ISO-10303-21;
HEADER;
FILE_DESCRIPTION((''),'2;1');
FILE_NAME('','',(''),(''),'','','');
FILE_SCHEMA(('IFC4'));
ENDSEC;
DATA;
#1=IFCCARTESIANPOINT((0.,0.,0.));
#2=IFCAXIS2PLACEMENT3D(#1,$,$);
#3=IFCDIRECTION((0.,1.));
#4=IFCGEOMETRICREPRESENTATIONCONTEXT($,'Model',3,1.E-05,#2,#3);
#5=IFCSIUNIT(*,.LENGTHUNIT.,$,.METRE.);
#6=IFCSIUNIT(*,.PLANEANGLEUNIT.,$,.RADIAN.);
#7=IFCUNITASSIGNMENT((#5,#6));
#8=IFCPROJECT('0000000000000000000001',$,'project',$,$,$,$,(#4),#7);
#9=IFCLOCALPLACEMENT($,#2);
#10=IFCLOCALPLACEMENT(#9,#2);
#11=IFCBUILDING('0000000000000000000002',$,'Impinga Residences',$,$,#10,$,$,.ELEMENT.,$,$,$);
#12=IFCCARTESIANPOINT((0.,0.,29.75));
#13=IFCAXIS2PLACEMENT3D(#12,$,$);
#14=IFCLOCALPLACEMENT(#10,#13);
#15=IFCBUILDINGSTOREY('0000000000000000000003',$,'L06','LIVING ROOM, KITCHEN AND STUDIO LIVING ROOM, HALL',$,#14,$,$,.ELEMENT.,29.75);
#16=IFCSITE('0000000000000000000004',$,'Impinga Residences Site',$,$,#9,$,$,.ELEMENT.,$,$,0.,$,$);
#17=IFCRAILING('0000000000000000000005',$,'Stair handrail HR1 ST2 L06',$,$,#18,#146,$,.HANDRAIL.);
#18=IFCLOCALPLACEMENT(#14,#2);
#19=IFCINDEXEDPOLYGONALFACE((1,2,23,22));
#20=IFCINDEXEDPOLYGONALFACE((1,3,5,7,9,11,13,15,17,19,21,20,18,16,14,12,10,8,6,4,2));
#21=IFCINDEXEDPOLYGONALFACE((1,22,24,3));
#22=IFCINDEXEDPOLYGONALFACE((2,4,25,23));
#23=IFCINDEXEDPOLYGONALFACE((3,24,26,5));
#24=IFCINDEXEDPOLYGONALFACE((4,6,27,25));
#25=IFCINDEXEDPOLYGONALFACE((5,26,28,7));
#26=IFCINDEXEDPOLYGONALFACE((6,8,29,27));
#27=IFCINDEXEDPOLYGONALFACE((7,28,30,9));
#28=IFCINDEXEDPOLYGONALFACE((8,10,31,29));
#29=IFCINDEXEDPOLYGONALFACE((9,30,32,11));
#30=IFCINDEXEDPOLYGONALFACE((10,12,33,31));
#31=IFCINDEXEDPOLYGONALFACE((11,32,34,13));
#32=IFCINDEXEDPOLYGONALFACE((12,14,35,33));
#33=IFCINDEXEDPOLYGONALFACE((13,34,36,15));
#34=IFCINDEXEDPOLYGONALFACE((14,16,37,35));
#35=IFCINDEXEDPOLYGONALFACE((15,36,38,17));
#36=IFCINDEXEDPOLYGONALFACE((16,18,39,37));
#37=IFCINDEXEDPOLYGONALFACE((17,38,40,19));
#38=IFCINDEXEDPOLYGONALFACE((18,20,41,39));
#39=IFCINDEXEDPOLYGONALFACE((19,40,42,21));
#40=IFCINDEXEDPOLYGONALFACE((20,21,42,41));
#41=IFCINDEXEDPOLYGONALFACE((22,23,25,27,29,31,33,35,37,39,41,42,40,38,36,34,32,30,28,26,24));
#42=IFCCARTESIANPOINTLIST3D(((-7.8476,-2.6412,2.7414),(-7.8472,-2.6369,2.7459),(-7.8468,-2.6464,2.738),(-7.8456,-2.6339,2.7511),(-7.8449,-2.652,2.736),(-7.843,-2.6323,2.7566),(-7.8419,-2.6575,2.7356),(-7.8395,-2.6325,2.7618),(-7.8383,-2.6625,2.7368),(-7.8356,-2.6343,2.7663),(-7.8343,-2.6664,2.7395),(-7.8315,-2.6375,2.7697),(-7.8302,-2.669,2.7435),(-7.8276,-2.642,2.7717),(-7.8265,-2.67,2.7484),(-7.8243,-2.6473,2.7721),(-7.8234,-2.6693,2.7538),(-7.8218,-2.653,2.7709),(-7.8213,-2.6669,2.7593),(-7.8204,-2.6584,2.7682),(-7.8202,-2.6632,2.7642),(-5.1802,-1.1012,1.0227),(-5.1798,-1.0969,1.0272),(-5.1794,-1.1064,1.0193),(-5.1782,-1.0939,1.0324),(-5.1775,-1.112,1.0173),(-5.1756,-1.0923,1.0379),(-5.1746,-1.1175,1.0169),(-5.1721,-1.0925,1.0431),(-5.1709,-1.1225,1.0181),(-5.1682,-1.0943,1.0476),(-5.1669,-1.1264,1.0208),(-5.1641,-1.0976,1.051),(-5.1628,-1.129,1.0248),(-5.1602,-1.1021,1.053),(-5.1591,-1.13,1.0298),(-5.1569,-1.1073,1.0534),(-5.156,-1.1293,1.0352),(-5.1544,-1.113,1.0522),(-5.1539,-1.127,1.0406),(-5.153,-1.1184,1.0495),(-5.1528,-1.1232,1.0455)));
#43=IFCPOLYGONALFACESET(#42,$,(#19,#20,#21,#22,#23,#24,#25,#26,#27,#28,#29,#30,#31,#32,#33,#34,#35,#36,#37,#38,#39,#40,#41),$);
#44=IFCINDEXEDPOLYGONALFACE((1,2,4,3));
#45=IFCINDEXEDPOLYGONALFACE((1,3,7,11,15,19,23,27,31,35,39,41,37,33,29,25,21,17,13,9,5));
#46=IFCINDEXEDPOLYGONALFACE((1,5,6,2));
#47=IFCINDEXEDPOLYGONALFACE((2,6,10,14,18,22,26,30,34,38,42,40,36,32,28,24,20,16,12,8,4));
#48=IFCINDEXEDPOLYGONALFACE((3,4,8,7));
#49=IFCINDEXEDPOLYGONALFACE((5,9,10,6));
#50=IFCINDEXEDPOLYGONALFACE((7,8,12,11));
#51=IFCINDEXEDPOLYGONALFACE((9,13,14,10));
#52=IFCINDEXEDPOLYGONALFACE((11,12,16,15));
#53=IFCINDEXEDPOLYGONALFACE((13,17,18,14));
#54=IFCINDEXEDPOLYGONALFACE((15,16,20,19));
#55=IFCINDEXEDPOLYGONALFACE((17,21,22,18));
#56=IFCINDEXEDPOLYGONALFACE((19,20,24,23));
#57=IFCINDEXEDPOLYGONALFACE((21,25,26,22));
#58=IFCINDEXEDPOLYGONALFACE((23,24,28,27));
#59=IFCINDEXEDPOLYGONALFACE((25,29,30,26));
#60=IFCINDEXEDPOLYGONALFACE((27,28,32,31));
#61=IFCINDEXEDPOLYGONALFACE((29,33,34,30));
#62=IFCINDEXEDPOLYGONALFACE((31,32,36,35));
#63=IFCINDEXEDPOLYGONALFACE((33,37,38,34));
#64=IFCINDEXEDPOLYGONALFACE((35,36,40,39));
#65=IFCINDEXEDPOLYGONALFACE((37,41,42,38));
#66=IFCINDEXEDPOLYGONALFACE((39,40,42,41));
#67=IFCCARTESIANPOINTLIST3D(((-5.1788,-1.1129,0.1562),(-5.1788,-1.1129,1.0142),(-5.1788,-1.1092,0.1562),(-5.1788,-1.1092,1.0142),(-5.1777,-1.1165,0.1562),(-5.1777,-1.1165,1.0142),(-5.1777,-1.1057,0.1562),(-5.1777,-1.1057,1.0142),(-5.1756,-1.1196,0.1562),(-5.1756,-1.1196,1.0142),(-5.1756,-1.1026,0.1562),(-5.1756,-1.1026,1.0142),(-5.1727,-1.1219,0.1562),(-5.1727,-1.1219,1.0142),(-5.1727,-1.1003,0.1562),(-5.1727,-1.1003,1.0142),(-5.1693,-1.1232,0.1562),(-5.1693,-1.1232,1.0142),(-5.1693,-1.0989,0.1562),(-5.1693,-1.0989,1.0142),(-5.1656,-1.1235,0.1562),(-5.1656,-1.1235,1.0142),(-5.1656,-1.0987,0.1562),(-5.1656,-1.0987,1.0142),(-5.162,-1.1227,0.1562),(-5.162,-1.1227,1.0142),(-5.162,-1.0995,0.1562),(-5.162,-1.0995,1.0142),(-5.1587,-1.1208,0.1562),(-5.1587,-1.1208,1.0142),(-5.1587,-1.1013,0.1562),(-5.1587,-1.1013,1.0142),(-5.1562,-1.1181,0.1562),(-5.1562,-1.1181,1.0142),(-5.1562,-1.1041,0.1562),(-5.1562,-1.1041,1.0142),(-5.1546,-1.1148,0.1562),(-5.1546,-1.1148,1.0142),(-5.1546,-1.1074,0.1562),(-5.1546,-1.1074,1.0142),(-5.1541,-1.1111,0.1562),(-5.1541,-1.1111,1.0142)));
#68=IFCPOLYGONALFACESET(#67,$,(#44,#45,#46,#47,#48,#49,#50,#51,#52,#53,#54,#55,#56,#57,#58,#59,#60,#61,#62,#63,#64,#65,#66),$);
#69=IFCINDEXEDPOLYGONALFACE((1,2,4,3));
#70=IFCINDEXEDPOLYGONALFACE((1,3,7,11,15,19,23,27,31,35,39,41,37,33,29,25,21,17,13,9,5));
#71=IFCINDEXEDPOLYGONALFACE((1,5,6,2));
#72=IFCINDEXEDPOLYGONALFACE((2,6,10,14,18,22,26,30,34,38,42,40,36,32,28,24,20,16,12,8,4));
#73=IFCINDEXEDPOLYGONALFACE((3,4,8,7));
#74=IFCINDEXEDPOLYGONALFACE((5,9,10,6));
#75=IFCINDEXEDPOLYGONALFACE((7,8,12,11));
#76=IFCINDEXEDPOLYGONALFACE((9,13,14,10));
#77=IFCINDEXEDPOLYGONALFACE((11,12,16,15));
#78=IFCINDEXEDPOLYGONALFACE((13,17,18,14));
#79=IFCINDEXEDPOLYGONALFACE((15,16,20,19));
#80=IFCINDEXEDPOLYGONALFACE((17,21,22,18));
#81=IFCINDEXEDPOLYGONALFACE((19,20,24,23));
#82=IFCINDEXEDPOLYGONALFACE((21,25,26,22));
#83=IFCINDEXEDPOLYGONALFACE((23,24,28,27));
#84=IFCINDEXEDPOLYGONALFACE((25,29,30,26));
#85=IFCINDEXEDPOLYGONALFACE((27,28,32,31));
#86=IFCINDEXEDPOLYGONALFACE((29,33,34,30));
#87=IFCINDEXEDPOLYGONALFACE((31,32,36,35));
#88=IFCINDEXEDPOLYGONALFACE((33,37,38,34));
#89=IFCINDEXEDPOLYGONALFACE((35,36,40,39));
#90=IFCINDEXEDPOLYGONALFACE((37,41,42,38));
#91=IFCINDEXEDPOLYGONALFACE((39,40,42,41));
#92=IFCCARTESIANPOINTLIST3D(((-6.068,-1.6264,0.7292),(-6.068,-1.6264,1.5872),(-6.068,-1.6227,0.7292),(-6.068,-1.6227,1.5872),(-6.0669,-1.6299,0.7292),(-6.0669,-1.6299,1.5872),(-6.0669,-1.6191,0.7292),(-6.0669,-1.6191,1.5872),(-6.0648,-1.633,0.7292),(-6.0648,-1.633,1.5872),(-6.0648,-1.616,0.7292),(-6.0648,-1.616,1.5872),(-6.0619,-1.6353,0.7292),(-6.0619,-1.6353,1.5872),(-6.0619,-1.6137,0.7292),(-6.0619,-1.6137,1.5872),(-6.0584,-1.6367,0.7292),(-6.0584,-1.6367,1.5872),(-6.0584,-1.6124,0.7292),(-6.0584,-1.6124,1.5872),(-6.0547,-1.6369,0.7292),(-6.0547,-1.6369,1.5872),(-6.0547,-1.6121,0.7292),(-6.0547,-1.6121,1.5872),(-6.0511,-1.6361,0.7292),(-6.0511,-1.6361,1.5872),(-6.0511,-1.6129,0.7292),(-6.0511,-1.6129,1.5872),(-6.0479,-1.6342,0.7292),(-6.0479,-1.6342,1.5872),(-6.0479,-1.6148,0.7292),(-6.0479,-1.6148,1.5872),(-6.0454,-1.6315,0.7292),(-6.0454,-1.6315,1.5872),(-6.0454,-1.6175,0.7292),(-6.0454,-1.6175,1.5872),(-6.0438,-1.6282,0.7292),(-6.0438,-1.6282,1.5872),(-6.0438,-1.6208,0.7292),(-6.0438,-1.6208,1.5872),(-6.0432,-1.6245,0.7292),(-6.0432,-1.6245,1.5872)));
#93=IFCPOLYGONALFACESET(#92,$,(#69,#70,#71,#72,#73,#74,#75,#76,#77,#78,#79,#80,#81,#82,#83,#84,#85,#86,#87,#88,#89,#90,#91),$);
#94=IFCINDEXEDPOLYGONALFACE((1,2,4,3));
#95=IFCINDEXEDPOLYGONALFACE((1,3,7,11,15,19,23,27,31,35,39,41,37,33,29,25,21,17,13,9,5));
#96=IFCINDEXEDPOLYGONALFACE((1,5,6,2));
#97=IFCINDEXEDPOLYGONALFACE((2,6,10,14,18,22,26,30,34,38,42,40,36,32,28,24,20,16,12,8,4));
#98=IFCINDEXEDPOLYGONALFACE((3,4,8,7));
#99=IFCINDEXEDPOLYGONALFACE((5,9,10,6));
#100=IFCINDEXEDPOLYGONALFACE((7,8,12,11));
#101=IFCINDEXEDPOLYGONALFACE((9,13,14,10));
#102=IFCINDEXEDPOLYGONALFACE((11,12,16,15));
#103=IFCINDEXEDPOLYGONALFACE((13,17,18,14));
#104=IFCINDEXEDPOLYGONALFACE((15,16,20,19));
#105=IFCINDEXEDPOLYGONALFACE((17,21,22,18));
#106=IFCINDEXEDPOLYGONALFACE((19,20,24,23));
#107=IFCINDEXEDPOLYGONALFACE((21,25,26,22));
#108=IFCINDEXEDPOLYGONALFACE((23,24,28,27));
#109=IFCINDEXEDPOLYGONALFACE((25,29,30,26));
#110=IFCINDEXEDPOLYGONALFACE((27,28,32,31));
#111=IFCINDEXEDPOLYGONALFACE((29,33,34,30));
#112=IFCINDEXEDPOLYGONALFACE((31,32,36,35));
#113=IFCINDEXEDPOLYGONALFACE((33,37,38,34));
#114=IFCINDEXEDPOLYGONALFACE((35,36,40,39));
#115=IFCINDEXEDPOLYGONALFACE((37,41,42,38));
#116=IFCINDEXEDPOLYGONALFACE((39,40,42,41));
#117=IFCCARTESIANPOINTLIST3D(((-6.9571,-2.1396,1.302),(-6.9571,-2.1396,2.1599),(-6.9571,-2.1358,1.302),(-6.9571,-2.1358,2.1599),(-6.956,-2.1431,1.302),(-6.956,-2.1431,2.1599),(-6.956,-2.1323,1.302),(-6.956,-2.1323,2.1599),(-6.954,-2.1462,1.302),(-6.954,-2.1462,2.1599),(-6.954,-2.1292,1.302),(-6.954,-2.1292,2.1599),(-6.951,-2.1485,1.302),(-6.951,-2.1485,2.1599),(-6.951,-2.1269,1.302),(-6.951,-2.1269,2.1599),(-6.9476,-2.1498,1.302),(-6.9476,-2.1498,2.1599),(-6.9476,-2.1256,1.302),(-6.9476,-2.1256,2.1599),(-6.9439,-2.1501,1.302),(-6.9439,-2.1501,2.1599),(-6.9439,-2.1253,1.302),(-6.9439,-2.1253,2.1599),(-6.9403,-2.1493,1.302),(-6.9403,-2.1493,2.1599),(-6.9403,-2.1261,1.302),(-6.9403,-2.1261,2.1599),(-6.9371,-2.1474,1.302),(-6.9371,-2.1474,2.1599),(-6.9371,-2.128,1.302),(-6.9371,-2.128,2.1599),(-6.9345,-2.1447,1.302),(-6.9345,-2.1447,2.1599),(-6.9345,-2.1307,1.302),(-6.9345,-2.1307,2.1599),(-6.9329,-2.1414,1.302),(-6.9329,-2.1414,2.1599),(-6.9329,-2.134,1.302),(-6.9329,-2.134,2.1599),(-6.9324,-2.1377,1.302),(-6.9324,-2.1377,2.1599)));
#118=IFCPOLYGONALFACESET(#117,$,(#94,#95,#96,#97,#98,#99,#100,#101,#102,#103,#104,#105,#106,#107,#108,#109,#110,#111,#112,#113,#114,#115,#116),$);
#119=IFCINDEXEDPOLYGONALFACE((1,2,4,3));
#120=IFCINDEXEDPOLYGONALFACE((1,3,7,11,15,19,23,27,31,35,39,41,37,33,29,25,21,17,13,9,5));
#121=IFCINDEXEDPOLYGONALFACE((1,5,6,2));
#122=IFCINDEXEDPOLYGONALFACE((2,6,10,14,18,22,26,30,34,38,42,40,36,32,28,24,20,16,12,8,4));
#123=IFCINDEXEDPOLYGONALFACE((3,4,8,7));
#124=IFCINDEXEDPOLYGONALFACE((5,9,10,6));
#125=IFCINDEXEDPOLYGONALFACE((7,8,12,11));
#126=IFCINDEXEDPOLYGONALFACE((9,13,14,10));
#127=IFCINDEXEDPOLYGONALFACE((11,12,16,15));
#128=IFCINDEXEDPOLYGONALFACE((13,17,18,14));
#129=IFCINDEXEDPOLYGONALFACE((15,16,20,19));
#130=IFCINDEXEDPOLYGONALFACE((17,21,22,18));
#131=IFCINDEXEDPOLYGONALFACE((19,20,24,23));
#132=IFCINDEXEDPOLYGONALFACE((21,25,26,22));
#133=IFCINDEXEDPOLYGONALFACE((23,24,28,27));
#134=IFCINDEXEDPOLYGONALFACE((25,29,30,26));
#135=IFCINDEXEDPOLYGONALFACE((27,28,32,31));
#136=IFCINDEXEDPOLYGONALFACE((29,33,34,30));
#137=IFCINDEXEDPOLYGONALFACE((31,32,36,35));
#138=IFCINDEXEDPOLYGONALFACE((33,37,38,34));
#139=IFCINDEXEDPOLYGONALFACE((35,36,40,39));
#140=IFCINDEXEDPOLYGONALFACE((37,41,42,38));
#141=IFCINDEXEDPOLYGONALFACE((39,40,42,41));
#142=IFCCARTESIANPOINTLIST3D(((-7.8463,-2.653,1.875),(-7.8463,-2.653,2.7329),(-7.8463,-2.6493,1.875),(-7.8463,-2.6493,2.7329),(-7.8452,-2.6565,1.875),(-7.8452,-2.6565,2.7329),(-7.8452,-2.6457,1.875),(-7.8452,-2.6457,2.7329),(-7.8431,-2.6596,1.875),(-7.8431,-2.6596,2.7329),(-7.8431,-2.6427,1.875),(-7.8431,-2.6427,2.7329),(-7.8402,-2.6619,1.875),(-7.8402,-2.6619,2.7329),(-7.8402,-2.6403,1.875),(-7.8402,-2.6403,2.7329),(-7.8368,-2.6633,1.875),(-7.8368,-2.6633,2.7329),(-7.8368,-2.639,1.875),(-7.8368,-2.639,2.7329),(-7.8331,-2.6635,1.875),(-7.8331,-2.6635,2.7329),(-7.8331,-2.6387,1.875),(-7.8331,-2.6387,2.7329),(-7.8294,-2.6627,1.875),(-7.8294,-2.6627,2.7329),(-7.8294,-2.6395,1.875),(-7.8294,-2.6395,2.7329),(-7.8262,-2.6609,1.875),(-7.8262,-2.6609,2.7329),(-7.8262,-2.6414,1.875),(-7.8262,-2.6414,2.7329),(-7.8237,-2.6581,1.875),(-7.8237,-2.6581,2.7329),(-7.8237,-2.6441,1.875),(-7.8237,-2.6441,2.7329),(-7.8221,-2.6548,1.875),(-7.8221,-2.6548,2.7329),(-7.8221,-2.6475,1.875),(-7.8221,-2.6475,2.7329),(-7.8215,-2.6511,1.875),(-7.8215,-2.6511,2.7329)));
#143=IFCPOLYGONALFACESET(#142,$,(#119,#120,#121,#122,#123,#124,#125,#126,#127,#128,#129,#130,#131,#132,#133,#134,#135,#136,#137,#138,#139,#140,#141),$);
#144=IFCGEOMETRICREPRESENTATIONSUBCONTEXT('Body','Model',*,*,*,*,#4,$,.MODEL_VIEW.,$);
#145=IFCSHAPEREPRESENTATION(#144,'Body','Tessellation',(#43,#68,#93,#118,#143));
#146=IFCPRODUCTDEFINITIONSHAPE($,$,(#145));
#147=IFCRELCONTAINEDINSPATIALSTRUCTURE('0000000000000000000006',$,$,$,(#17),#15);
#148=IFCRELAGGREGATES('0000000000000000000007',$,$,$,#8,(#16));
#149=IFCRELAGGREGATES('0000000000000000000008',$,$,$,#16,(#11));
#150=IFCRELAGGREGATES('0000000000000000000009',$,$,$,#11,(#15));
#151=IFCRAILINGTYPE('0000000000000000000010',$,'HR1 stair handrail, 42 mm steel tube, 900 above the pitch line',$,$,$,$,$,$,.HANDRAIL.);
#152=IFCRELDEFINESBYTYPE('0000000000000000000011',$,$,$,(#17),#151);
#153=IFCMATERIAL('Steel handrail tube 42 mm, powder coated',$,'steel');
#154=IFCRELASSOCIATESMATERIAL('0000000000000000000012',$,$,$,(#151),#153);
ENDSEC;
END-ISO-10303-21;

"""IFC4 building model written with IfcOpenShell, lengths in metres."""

from ifc_helpers import new_model, si_unit, direction, frame, origin, origin_2d, place, context, subcontext, project, spatial, circle, extrude, material, type_object, element, save


model = new_model("IFC4")

# Units and contexts
model_context = context("Model", 3, precision=1e-05, world=origin(), true_north=direction((0.0, 1.0)))
body_context = subcontext(model_context, "Body", "Model", "MODEL_VIEW")
ifc_project = project(units=[si_unit("LENGTHUNIT", "METRE"), si_unit("PLANEANGLEUNIT", "RADIAN")], contexts=[model_context])

# Site, building, storey
site_placement = place(None, origin())
site = spatial("IfcSite", under=ifc_project, at=site_placement, Name="Impinga Residences Site", CompositionType="ELEMENT", RefElevation=0.0)
building_placement = place(site_placement, origin())
building = spatial("IfcBuilding", under=site, at=building_placement, Name="Impinga Residences", CompositionType="ELEMENT")
storey_placement = place(building_placement, frame((0.0, 0.0, 29.75)))
storey = spatial("IfcBuildingStorey", under=building, at=storey_placement, Name="L06", Description="LIVING ROOM, KITCHEN AND STUDIO LIVING ROOM, HALL", CompositionType="ELEMENT", Elevation=29.75)

# Railing
ifc_material_1 = material(Name="Steel handrail tube 42 mm, powder coated", Category="steel")
railing_type = type_object("IfcRailingType", Name="HR1 stair handrail, 42 mm steel tube, 900 above the pitch line", PredefinedType="HANDRAIL", material=ifc_material_1)
railing_placement = place(storey_placement, frame((-5.1665, -1.1111, 0.1562)))
element("IfcRailing", 1, at=railing_placement, inside=storey, type_object=railing_type, Name="Stair handrail HR1 ST2 L06", PredefinedType="HANDRAIL", context=body_context, shape_type="SweptSolid", body=[
    extrude(circle(Radius=0.021, at=origin_2d()), frame((0.0, 0.0, 0.8789), z_axis=(-0.756256, -0.436616, 0.487282), x_axis=(0.499992, -0.86603, 0.0)), (0.0, 0.0, 1.0), 3.5271),
    extrude(circle(Radius=0.0125, at=origin_2d()), origin(), (0.0, 0.0, 1.0), 0.8579),
    extrude(circle(Radius=0.0125, at=origin_2d()), frame((-0.8892, -0.5134, 0.573)), (0.0, 0.0, 1.0), 0.8579),
    extrude(circle(Radius=0.0125, at=origin_2d()), frame((-1.7783, -1.0266, 1.1458)), (0.0, 0.0, 1.0), 0.8579),
    extrude(circle(Radius=0.0125, at=origin_2d()), frame((-2.6675, -1.54, 1.7188)), (0.0, 0.0, 1.0), 0.8579),
])

save(model, "model.ifc")
